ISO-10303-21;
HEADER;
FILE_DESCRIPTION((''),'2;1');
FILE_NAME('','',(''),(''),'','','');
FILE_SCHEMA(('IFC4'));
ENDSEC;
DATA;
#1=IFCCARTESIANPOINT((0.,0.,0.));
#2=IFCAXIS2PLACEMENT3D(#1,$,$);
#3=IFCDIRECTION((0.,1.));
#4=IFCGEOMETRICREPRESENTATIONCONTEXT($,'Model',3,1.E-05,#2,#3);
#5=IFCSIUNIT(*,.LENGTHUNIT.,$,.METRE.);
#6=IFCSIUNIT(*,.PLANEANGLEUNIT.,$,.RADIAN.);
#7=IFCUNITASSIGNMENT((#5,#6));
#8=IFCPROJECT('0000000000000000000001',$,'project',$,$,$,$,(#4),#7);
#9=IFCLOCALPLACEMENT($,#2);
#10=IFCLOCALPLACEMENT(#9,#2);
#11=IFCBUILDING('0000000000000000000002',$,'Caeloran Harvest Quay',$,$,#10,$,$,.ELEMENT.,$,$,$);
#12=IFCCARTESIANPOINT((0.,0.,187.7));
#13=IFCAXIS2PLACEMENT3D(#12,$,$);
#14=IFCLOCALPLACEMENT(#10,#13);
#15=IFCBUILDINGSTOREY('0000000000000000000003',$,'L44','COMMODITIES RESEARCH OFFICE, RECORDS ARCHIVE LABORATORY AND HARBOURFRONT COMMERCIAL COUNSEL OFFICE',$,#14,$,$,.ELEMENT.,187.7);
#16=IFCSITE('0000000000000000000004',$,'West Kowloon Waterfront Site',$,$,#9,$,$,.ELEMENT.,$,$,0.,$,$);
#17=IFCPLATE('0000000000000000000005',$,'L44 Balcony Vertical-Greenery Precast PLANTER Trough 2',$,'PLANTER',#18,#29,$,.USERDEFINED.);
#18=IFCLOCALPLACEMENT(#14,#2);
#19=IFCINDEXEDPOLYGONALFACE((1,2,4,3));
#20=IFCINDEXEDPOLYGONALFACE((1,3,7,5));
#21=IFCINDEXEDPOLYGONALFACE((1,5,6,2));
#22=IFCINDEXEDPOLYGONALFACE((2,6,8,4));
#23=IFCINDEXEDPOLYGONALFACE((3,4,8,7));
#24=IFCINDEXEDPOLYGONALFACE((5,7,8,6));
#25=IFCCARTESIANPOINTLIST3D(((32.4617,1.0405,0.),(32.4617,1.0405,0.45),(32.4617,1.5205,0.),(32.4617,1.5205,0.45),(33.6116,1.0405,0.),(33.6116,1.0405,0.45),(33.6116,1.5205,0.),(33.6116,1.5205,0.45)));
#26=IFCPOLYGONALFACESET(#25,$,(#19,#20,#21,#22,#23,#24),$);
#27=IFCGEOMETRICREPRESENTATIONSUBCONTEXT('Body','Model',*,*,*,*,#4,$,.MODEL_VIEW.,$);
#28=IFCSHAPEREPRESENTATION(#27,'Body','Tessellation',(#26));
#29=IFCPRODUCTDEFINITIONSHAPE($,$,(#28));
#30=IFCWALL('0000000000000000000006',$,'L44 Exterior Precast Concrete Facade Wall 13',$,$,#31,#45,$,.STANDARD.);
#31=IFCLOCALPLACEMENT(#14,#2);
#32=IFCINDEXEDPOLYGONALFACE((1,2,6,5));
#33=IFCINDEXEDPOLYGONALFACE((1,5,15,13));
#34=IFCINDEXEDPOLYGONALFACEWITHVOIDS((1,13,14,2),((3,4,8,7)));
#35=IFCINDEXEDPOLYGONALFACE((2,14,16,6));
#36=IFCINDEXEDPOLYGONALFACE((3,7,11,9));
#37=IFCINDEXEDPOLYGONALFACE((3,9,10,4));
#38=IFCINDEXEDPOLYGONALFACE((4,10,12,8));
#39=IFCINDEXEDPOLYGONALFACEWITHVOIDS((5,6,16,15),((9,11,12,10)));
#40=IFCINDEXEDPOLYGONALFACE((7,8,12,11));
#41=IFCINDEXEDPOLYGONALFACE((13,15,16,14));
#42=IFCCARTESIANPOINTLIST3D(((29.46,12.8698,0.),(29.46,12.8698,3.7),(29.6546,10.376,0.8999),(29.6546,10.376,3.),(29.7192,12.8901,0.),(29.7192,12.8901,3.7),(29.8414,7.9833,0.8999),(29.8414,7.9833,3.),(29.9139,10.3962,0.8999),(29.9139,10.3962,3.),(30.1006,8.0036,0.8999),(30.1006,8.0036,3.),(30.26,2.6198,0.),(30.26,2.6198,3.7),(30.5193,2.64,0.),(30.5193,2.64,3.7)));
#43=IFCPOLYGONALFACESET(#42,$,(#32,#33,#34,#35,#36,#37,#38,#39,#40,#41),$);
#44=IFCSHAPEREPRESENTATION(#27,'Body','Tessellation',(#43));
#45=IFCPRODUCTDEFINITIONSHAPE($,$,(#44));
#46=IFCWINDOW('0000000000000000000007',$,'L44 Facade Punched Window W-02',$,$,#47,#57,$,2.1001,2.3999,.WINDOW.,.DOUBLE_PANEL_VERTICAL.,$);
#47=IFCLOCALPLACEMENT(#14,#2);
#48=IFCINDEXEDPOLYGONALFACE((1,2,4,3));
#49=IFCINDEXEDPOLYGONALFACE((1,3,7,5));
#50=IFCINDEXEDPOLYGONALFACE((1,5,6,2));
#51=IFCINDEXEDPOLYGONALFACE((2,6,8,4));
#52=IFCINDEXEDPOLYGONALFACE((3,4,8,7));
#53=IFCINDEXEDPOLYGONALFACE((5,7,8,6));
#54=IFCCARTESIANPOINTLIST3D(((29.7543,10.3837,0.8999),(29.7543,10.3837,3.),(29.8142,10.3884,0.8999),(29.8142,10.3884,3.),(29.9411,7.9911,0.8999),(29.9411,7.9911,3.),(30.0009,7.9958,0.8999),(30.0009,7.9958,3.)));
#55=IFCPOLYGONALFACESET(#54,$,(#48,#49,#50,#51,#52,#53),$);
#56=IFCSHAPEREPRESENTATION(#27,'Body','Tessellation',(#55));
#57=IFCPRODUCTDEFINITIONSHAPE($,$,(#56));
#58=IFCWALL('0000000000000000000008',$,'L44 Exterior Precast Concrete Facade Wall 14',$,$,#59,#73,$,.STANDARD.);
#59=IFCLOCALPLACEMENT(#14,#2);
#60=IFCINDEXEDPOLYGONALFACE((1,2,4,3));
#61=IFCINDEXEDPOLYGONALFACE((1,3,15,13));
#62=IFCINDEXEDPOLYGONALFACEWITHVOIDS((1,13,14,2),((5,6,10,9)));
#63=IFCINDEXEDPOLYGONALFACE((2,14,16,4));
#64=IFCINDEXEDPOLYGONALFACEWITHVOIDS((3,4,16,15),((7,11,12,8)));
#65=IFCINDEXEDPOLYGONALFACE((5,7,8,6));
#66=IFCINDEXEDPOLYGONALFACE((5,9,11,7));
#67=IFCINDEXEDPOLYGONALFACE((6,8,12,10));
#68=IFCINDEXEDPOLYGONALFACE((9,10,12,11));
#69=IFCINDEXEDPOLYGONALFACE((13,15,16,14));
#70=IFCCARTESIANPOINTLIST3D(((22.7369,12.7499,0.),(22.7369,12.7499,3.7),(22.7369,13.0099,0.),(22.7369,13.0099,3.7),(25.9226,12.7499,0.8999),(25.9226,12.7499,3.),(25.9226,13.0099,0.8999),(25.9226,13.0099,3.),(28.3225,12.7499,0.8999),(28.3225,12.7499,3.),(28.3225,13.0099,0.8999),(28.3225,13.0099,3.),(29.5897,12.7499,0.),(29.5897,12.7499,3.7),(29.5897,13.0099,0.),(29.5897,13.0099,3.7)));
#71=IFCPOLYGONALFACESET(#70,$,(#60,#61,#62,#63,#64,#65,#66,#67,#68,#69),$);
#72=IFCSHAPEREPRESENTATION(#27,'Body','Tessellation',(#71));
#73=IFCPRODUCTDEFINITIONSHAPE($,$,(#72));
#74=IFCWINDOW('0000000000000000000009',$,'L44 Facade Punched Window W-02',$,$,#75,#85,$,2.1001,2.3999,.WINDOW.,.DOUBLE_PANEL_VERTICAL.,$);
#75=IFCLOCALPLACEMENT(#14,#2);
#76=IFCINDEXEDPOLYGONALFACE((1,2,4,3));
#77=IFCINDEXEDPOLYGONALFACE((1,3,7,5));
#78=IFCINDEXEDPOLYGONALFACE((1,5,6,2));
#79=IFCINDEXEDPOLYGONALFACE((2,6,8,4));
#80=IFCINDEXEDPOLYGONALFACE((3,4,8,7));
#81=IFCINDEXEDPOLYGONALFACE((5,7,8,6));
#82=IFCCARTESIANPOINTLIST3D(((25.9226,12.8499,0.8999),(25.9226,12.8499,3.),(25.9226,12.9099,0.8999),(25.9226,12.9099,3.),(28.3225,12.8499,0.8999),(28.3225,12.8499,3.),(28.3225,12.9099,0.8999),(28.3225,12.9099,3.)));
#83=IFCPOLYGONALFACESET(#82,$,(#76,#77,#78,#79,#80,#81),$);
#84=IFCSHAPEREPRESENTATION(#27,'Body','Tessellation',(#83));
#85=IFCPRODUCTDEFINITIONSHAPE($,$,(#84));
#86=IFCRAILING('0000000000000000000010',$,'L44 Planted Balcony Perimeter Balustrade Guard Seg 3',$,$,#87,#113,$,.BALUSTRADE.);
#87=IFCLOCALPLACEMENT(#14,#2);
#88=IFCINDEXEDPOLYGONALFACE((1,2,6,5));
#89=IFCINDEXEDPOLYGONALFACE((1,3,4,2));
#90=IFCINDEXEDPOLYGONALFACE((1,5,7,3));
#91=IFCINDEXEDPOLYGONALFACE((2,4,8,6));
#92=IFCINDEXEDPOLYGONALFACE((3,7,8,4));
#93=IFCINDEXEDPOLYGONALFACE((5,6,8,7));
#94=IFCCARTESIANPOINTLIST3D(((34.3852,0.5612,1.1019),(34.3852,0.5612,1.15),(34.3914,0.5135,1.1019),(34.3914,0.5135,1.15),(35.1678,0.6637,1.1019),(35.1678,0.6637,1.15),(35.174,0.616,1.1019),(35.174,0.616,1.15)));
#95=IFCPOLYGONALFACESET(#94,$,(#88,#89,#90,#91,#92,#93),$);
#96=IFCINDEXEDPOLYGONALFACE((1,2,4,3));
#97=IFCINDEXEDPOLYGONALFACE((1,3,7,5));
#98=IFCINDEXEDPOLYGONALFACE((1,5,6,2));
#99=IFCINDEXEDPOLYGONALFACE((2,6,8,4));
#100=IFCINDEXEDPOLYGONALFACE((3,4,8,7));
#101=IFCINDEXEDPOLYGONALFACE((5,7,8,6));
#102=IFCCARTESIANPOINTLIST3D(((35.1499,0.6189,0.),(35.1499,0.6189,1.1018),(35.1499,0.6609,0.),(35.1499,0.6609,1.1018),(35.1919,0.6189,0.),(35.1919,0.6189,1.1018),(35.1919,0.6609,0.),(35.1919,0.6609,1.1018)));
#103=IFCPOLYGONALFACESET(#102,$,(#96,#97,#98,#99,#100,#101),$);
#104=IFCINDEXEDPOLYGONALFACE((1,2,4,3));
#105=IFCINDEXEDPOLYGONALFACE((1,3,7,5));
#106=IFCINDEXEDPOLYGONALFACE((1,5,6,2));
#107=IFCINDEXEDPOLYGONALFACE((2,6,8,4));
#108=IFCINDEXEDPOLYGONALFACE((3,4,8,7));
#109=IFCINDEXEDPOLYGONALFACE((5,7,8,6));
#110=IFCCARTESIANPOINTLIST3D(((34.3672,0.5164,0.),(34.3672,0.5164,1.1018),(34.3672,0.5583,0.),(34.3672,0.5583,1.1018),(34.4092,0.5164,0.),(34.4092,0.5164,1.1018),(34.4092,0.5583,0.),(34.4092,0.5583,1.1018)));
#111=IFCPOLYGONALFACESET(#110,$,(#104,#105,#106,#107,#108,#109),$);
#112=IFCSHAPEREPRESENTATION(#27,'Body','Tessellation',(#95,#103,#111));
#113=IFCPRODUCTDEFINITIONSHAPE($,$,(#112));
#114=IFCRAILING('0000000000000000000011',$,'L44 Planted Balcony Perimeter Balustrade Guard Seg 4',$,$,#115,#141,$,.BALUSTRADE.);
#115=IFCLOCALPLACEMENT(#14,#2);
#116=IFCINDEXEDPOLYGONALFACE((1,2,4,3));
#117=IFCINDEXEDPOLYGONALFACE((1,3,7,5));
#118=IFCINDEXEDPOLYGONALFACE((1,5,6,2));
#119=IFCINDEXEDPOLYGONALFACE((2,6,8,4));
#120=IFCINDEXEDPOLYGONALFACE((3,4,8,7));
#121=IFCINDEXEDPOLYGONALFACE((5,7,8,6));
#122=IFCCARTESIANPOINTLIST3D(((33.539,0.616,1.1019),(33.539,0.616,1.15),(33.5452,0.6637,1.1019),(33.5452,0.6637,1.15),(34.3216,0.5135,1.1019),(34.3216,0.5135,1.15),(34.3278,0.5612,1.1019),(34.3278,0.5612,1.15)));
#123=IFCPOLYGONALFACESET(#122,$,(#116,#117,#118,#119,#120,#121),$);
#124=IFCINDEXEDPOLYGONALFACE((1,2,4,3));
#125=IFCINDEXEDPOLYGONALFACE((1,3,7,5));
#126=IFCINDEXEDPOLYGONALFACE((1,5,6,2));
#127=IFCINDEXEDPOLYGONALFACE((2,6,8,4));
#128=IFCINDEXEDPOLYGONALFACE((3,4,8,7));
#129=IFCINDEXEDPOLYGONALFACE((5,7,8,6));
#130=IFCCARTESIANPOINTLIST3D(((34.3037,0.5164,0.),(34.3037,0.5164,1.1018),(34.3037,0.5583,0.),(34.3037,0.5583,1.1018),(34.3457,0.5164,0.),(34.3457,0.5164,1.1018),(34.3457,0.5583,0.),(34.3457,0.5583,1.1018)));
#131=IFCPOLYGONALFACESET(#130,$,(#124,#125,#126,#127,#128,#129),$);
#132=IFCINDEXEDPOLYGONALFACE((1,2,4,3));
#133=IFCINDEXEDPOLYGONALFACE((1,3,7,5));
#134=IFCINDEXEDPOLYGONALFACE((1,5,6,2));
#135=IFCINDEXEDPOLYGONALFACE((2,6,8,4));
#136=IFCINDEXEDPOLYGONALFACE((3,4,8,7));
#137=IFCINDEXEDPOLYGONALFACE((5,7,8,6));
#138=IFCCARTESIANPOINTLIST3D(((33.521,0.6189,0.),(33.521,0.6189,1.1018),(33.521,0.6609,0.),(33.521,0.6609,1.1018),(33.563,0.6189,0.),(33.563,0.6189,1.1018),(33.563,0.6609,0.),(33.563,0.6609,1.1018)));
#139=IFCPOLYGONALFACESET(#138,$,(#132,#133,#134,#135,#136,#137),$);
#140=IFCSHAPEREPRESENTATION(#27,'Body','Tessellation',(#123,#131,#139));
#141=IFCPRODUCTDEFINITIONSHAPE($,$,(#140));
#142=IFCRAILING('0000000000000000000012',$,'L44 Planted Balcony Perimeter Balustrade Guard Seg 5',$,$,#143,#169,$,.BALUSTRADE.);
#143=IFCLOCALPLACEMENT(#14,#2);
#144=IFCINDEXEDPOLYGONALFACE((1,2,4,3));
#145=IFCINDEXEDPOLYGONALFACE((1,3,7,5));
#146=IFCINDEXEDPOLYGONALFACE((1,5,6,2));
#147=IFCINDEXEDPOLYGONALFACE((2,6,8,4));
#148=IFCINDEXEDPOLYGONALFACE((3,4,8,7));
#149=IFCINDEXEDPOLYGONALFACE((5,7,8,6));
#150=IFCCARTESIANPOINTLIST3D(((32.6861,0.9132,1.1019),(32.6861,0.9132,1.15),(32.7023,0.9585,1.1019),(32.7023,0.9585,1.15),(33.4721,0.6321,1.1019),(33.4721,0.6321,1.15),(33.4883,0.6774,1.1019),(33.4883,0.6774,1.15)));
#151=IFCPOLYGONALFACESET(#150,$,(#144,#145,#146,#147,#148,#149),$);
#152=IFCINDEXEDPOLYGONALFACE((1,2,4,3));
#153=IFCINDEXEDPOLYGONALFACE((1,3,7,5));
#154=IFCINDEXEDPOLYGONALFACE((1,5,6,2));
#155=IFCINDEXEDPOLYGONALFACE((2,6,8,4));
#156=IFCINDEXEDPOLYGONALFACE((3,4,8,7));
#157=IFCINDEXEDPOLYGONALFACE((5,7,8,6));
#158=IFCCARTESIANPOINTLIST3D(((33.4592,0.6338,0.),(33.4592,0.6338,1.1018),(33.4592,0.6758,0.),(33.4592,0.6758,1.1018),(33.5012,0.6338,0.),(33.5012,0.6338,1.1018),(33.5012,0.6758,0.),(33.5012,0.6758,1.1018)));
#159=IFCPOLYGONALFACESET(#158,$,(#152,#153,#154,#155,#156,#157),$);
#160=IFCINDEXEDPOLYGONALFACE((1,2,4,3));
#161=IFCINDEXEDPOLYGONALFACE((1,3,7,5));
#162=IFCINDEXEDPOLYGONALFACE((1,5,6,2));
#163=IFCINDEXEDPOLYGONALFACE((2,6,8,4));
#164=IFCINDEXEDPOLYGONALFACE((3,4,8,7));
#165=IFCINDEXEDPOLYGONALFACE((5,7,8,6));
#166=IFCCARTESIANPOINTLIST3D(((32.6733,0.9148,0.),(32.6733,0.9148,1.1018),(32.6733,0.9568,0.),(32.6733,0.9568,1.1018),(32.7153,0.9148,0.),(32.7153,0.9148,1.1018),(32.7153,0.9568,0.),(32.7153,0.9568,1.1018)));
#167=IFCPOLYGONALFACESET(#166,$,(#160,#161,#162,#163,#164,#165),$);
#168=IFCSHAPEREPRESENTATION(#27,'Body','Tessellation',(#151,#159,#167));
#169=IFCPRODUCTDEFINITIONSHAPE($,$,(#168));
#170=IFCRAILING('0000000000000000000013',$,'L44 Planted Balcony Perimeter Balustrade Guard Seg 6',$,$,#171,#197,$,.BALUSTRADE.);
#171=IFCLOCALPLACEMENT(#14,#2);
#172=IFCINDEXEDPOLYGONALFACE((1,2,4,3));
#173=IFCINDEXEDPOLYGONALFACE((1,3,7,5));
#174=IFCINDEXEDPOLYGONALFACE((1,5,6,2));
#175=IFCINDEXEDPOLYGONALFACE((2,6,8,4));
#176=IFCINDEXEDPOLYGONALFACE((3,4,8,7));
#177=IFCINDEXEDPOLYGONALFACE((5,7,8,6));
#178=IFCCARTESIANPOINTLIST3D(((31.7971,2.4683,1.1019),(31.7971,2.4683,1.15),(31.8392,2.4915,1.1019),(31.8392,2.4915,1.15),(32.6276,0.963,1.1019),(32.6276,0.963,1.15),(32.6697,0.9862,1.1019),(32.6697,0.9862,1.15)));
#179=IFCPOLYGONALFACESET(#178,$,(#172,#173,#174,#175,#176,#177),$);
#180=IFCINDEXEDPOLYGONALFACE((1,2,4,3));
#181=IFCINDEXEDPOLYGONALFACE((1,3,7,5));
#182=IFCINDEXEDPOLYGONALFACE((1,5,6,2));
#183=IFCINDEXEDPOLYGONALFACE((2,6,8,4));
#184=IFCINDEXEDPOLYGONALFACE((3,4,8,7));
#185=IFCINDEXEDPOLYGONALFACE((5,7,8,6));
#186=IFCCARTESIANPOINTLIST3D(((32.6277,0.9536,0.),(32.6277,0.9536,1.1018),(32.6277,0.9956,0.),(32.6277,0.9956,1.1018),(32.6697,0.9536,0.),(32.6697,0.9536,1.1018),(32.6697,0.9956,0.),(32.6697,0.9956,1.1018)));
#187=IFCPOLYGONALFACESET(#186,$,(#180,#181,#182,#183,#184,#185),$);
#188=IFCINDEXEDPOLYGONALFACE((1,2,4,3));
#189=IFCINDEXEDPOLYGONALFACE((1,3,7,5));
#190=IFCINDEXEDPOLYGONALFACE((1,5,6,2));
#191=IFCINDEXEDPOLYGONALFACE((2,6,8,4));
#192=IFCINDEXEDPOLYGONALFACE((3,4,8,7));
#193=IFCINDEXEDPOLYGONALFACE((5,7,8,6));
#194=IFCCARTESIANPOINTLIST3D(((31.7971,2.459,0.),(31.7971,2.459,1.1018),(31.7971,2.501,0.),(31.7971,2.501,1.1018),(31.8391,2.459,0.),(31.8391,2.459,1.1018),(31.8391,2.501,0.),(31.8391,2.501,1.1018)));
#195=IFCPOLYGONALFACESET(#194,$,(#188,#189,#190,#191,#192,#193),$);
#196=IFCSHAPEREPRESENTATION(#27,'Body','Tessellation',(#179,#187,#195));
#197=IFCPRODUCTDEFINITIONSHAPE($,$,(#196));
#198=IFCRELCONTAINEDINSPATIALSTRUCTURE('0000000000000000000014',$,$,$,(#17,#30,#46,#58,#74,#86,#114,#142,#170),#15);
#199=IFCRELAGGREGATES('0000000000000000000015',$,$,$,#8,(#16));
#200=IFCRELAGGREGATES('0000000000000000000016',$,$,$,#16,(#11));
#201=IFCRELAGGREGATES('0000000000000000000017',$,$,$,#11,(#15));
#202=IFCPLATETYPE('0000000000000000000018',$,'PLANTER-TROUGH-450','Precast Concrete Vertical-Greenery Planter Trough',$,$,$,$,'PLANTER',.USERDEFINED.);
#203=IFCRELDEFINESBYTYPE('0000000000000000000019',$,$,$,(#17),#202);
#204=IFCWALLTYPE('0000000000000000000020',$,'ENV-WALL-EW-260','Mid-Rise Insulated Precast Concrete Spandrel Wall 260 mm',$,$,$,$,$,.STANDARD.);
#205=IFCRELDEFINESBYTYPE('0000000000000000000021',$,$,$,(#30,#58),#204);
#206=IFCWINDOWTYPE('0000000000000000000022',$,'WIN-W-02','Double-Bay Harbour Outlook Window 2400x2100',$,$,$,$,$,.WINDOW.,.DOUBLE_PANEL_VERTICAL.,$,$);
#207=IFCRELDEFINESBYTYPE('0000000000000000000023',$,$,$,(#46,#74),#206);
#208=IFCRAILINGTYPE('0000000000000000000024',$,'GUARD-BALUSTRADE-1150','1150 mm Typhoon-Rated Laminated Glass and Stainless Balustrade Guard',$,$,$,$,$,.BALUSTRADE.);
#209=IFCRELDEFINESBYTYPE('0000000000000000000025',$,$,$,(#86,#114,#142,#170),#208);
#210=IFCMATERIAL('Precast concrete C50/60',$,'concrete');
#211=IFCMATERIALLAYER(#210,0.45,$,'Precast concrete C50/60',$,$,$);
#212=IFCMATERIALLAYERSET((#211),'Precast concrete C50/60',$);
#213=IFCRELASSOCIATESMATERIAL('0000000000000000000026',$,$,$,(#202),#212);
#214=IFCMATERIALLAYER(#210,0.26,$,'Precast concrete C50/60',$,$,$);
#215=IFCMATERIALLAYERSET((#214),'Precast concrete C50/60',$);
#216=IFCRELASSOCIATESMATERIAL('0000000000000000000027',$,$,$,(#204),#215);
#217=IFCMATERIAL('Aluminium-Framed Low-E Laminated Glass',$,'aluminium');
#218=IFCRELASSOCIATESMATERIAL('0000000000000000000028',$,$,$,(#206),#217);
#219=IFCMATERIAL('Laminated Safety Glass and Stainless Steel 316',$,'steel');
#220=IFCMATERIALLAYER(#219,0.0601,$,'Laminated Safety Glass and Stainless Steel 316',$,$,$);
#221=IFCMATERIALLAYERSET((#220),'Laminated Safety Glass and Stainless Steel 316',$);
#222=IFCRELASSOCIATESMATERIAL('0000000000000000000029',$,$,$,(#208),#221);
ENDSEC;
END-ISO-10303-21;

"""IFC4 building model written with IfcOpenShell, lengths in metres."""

from ifc_helpers import new_model, si_unit, direction, frame, frame_2d, origin, origin_2d, place, context, subcontext, project, spatial, rectangle, extrude, material, layer, layer_set, type_object, element, fill, save


model = new_model("IFC4")

# Units and contexts
model_context = context("Model", 3, precision=1e-05, world=origin(), true_north=direction((0.0, 1.0)))
body_context = subcontext(model_context, "Body", "Model", "MODEL_VIEW")
ifc_project = project(units=[si_unit("LENGTHUNIT", "METRE"), si_unit("PLANEANGLEUNIT", "RADIAN")], contexts=[model_context])

# Site, building, storey
site_placement = place(None, origin())
site = spatial("IfcSite", under=ifc_project, at=site_placement, Name="West Kowloon Waterfront Site", CompositionType="ELEMENT", RefElevation=0.0)
building_placement = place(site_placement, origin())
building = spatial("IfcBuilding", under=site, at=building_placement, Name="Caeloran Harvest Quay", CompositionType="ELEMENT")
storey_placement = place(building_placement, frame((0.0, 0.0, 187.7)))
storey = spatial("IfcBuildingStorey", under=building, at=storey_placement, Name="L44", Description="COMMODITIES RESEARCH OFFICE, RECORDS ARCHIVE LABORATORY AND HARBOURFRONT COMMERCIAL COUNSEL OFFICE", CompositionType="ELEMENT", Elevation=187.7)

# Plate
ifc_material_1 = material(Name="Precast concrete C50/60", Category="concrete")
ifc_layer_1 = layer(ifc_material_1, 0.45, Name="Precast concrete C50/60")
ifc_layer_set_1 = layer_set([ifc_layer_1], Name="Precast concrete C50/60")
plate_type = type_object("IfcPlateType", Name="PLANTER-TROUGH-450", Description="Precast Concrete Vertical-Greenery Planter Trough", ElementType="PLANTER", PredefinedType="USERDEFINED", material=ifc_layer_set_1)
plate_placement = place(storey_placement, frame((33.0366, 1.2805, 0.0), z_axis=(0.0, 0.0, 1.0), x_axis=(1.0, 0.0, 0.0)))
element("IfcPlate", 1, at=plate_placement, inside=storey, type_object=plate_type, Name="L44 Balcony Vertical-Greenery Precast PLANTER Trough 2", ObjectType="PLANTER", PredefinedType="USERDEFINED", context=body_context, shape_type="SweptSolid", body=[
    extrude(rectangle(XDim=1.1499, YDim=0.48, at=origin_2d()), origin(), (0.0, 0.0, 1.0), 0.45),
])

# Walls, openings, windows
ifc_layer_2 = layer(ifc_material_1, 0.26, Name="Precast concrete C50/60")
ifc_layer_set_2 = layer_set([ifc_layer_2], Name="Precast concrete C50/60")
wall_type = type_object("IfcWallType", Name="ENV-WALL-EW-260", Description="Mid-Rise Insulated Precast Concrete Spandrel Wall 260 mm", PredefinedType="STANDARD", material=ifc_layer_set_2)
wall_1_placement = place(storey_placement, frame((30.3896, 2.6299, 0.0), z_axis=(0.0, 0.0, 1.0), x_axis=(-0.077817, 0.996968, 0.0)))
wall_1 = element("IfcWall", 2, at=wall_1_placement, inside=storey, type_object=wall_type, Name="L44 Exterior Precast Concrete Facade Wall 13", PredefinedType="STANDARD", context=body_context, shape_type="SweptSolid", body=[
    extrude(rectangle(XDim=10.2812, YDim=0.26, at=frame_2d((5.1406, 0.0))), origin(), (0.0, 0.0, 1.0), 3.7),
])
opening_1_placement = place(wall_1_placement, frame((5.3799, 0.0, 0.8999)))
opening_1 = element("IfcOpeningElement", 3, at=opening_1_placement, cuts=wall_1, PredefinedType="OPENING", context=body_context, shape_type="SweptSolid", body=[
    extrude(rectangle(XDim=2.3999, YDim=2.1001, at=frame_2d((1.2, 1.05))), frame((0.0, 0.1401, 0.0), z_axis=(0.0, -1.0, 0.0), x_axis=(1.0, 0.0, 0.0)), (0.0, 0.0, 1.0), 0.28),
])
ifc_material_2 = material(Name="Aluminium-Framed Low-E Laminated Glass", Category="aluminium")
window_type = type_object("IfcWindowType", Name="WIN-W-02", Description="Double-Bay Harbour Outlook Window 2400x2100", PartitioningType="DOUBLE_PANEL_VERTICAL", PredefinedType="WINDOW", material=ifc_material_2)
window_1_placement = place(opening_1_placement, origin())
window_1 = element("IfcWindow", 4, at=window_1_placement, inside=storey, type_object=window_type, Name="L44 Facade Punched Window W-02", OverallHeight=2.1001, OverallWidth=2.3999, PartitioningType="DOUBLE_PANEL_VERTICAL", PredefinedType="WINDOW", context=body_context, shape_type="SweptSolid", body=[
    extrude(rectangle(XDim=2.3999, YDim=2.1001, at=frame_2d((1.2, 1.05))), frame((0.0, 0.03, 0.0), z_axis=(0.0, -1.0, 0.0), x_axis=(1.0, 0.0, 0.0)), (0.0, 0.0, 1.0), 0.0601),
])
fill(opening_1, window_1)
wall_2_placement = place(storey_placement, frame((29.5896, 12.8799, 0.0), z_axis=(0.0, 0.0, 1.0), x_axis=(-1.0, 0.0, 0.0)))
wall_2 = element("IfcWall", 5, at=wall_2_placement, inside=storey, type_object=wall_type, Name="L44 Exterior Precast Concrete Facade Wall 14", PredefinedType="STANDARD", context=body_context, shape_type="SweptSolid", body=[
    extrude(rectangle(XDim=6.8528, YDim=0.26, at=frame_2d((3.4263, 0.0))), origin(), (0.0, 0.0, 1.0), 3.7),
])
opening_2_placement = place(wall_2_placement, frame((1.2671, 0.0, 0.8999)))
opening_2 = element("IfcOpeningElement", 6, at=opening_2_placement, cuts=wall_2, PredefinedType="OPENING", context=body_context, shape_type="SweptSolid", body=[
    extrude(rectangle(XDim=2.3999, YDim=2.1001, at=frame_2d((1.2, 1.05))), frame((0.0, 0.1401, 0.0), z_axis=(0.0, -1.0, 0.0), x_axis=(1.0, 0.0, 0.0)), (0.0, 0.0, 1.0), 0.28),
])
window_2_placement = place(opening_2_placement, origin())
window_2 = element("IfcWindow", 7, at=window_2_placement, inside=storey, type_object=window_type, Name="L44 Facade Punched Window W-02", OverallHeight=2.1001, OverallWidth=2.3999, PartitioningType="DOUBLE_PANEL_VERTICAL", PredefinedType="WINDOW", context=body_context, shape_type="SweptSolid", body=[
    extrude(rectangle(XDim=2.3999, YDim=2.1001, at=frame_2d((1.2, 1.05))), frame((0.0, 0.03, 0.0), z_axis=(0.0, -1.0, 0.0), x_axis=(1.0, 0.0, 0.0)), (0.0, 0.0, 1.0), 0.0601),
])
fill(opening_2, window_2)

# Railings
ifc_material_3 = material(Name="Laminated Safety Glass and Stainless Steel 316", Category="steel")
ifc_layer_3 = layer(ifc_material_3, 0.0601, Name="Laminated Safety Glass and Stainless Steel 316")
ifc_layer_set_3 = layer_set([ifc_layer_3], Name="Laminated Safety Glass and Stainless Steel 316")
railing_type = type_object("IfcRailingType", Name="GUARD-BALUSTRADE-1150", Description="1150 mm Typhoon-Rated Laminated Glass and Stainless Balustrade Guard", PredefinedType="BALUSTRADE", material=ifc_layer_set_3)
railing_1_placement = place(storey_placement, frame((35.1709, 0.6399, 0.0)))
element("IfcRailing", 8, at=railing_1_placement, inside=storey, type_object=railing_type, Name="L44 Planted Balcony Perimeter Balustrade Guard Seg 3", PredefinedType="BALUSTRADE", context=body_context, shape_type="SweptSolid", body=[
    extrude(rectangle(XDim=0.0481, YDim=0.0481, at=origin_2d()), frame((0.0, 0.0, 1.126), z_axis=(-0.991528, -0.129894, 0.0), x_axis=(0.129894, -0.991528, 0.0)), (0.0, 0.0, 1.0), 0.7893),
    extrude(rectangle(XDim=0.042, YDim=0.042, at=origin_2d()), origin(), (0.0, 0.0, 1.0), 1.1018),
    extrude(rectangle(XDim=0.042, YDim=0.042, at=origin_2d()), frame((-0.7827, -0.1025, 0.0)), (0.0, 0.0, 1.0), 1.1018),
])
railing_2_placement = place(storey_placement, frame((34.3247, 0.5374, 0.0)))
element("IfcRailing", 9, at=railing_2_placement, inside=storey, type_object=railing_type, Name="L44 Planted Balcony Perimeter Balustrade Guard Seg 4", PredefinedType="BALUSTRADE", context=body_context, shape_type="SweptSolid", body=[
    extrude(rectangle(XDim=0.0481, YDim=0.0481, at=origin_2d()), frame((0.0, 0.0, 1.126), z_axis=(-0.991528, 0.129894, 0.0), x_axis=(-0.129894, -0.991528, 0.0)), (0.0, 0.0, 1.0), 0.7893),
    extrude(rectangle(XDim=0.042, YDim=0.042, at=origin_2d()), origin(), (0.0, 0.0, 1.0), 1.1018),
    extrude(rectangle(XDim=0.042, YDim=0.042, at=origin_2d()), frame((-0.7827, 0.1025, 0.0)), (0.0, 0.0, 1.0), 1.1018),
])
railing_3_placement = place(storey_placement, frame((33.4802, 0.6548, 0.0)))
element("IfcRailing", 10, at=railing_3_placement, inside=storey, type_object=railing_type, Name="L44 Planted Balcony Perimeter Balustrade Guard Seg 5", PredefinedType="BALUSTRADE", context=body_context, shape_type="SweptSolid", body=[
    extrude(rectangle(XDim=0.0481, YDim=0.0481, at=origin_2d()), frame((0.0, 0.0, 1.126), z_axis=(-0.941616, 0.336688, 0.0), x_axis=(-0.336688, -0.941616, 0.0)), (0.0, 0.0, 1.0), 0.8347),
    extrude(rectangle(XDim=0.042, YDim=0.042, at=origin_2d()), origin(), (0.0, 0.0, 1.0), 1.1018),
    extrude(rectangle(XDim=0.042, YDim=0.042, at=origin_2d()), frame((-0.7859, 0.281, 0.0)), (0.0, 0.0, 1.0), 1.1018),
])
railing_4_placement = place(storey_placement, frame((32.6487, 0.9746, 0.0)))
element("IfcRailing", 11, at=railing_4_placement, inside=storey, type_object=railing_type, Name="L44 Planted Balcony Perimeter Balustrade Guard Seg 6", PredefinedType="BALUSTRADE", context=body_context, shape_type="SweptSolid", body=[
    extrude(rectangle(XDim=0.0481, YDim=0.0481, at=origin_2d()), frame((0.0, 0.0, 1.126), z_axis=(-0.483085, 0.875574, 0.0), x_axis=(-0.875574, -0.483085, 0.0)), (0.0, 0.0, 1.0), 1.7192),
    extrude(rectangle(XDim=0.042, YDim=0.042, at=origin_2d()), origin(), (0.0, 0.0, 1.0), 1.1018),
    extrude(rectangle(XDim=0.042, YDim=0.042, at=origin_2d()), frame((-0.8306, 1.5054, 0.0)), (0.0, 0.0, 1.0), 1.1018),
])

save(model, "model.ifc")
